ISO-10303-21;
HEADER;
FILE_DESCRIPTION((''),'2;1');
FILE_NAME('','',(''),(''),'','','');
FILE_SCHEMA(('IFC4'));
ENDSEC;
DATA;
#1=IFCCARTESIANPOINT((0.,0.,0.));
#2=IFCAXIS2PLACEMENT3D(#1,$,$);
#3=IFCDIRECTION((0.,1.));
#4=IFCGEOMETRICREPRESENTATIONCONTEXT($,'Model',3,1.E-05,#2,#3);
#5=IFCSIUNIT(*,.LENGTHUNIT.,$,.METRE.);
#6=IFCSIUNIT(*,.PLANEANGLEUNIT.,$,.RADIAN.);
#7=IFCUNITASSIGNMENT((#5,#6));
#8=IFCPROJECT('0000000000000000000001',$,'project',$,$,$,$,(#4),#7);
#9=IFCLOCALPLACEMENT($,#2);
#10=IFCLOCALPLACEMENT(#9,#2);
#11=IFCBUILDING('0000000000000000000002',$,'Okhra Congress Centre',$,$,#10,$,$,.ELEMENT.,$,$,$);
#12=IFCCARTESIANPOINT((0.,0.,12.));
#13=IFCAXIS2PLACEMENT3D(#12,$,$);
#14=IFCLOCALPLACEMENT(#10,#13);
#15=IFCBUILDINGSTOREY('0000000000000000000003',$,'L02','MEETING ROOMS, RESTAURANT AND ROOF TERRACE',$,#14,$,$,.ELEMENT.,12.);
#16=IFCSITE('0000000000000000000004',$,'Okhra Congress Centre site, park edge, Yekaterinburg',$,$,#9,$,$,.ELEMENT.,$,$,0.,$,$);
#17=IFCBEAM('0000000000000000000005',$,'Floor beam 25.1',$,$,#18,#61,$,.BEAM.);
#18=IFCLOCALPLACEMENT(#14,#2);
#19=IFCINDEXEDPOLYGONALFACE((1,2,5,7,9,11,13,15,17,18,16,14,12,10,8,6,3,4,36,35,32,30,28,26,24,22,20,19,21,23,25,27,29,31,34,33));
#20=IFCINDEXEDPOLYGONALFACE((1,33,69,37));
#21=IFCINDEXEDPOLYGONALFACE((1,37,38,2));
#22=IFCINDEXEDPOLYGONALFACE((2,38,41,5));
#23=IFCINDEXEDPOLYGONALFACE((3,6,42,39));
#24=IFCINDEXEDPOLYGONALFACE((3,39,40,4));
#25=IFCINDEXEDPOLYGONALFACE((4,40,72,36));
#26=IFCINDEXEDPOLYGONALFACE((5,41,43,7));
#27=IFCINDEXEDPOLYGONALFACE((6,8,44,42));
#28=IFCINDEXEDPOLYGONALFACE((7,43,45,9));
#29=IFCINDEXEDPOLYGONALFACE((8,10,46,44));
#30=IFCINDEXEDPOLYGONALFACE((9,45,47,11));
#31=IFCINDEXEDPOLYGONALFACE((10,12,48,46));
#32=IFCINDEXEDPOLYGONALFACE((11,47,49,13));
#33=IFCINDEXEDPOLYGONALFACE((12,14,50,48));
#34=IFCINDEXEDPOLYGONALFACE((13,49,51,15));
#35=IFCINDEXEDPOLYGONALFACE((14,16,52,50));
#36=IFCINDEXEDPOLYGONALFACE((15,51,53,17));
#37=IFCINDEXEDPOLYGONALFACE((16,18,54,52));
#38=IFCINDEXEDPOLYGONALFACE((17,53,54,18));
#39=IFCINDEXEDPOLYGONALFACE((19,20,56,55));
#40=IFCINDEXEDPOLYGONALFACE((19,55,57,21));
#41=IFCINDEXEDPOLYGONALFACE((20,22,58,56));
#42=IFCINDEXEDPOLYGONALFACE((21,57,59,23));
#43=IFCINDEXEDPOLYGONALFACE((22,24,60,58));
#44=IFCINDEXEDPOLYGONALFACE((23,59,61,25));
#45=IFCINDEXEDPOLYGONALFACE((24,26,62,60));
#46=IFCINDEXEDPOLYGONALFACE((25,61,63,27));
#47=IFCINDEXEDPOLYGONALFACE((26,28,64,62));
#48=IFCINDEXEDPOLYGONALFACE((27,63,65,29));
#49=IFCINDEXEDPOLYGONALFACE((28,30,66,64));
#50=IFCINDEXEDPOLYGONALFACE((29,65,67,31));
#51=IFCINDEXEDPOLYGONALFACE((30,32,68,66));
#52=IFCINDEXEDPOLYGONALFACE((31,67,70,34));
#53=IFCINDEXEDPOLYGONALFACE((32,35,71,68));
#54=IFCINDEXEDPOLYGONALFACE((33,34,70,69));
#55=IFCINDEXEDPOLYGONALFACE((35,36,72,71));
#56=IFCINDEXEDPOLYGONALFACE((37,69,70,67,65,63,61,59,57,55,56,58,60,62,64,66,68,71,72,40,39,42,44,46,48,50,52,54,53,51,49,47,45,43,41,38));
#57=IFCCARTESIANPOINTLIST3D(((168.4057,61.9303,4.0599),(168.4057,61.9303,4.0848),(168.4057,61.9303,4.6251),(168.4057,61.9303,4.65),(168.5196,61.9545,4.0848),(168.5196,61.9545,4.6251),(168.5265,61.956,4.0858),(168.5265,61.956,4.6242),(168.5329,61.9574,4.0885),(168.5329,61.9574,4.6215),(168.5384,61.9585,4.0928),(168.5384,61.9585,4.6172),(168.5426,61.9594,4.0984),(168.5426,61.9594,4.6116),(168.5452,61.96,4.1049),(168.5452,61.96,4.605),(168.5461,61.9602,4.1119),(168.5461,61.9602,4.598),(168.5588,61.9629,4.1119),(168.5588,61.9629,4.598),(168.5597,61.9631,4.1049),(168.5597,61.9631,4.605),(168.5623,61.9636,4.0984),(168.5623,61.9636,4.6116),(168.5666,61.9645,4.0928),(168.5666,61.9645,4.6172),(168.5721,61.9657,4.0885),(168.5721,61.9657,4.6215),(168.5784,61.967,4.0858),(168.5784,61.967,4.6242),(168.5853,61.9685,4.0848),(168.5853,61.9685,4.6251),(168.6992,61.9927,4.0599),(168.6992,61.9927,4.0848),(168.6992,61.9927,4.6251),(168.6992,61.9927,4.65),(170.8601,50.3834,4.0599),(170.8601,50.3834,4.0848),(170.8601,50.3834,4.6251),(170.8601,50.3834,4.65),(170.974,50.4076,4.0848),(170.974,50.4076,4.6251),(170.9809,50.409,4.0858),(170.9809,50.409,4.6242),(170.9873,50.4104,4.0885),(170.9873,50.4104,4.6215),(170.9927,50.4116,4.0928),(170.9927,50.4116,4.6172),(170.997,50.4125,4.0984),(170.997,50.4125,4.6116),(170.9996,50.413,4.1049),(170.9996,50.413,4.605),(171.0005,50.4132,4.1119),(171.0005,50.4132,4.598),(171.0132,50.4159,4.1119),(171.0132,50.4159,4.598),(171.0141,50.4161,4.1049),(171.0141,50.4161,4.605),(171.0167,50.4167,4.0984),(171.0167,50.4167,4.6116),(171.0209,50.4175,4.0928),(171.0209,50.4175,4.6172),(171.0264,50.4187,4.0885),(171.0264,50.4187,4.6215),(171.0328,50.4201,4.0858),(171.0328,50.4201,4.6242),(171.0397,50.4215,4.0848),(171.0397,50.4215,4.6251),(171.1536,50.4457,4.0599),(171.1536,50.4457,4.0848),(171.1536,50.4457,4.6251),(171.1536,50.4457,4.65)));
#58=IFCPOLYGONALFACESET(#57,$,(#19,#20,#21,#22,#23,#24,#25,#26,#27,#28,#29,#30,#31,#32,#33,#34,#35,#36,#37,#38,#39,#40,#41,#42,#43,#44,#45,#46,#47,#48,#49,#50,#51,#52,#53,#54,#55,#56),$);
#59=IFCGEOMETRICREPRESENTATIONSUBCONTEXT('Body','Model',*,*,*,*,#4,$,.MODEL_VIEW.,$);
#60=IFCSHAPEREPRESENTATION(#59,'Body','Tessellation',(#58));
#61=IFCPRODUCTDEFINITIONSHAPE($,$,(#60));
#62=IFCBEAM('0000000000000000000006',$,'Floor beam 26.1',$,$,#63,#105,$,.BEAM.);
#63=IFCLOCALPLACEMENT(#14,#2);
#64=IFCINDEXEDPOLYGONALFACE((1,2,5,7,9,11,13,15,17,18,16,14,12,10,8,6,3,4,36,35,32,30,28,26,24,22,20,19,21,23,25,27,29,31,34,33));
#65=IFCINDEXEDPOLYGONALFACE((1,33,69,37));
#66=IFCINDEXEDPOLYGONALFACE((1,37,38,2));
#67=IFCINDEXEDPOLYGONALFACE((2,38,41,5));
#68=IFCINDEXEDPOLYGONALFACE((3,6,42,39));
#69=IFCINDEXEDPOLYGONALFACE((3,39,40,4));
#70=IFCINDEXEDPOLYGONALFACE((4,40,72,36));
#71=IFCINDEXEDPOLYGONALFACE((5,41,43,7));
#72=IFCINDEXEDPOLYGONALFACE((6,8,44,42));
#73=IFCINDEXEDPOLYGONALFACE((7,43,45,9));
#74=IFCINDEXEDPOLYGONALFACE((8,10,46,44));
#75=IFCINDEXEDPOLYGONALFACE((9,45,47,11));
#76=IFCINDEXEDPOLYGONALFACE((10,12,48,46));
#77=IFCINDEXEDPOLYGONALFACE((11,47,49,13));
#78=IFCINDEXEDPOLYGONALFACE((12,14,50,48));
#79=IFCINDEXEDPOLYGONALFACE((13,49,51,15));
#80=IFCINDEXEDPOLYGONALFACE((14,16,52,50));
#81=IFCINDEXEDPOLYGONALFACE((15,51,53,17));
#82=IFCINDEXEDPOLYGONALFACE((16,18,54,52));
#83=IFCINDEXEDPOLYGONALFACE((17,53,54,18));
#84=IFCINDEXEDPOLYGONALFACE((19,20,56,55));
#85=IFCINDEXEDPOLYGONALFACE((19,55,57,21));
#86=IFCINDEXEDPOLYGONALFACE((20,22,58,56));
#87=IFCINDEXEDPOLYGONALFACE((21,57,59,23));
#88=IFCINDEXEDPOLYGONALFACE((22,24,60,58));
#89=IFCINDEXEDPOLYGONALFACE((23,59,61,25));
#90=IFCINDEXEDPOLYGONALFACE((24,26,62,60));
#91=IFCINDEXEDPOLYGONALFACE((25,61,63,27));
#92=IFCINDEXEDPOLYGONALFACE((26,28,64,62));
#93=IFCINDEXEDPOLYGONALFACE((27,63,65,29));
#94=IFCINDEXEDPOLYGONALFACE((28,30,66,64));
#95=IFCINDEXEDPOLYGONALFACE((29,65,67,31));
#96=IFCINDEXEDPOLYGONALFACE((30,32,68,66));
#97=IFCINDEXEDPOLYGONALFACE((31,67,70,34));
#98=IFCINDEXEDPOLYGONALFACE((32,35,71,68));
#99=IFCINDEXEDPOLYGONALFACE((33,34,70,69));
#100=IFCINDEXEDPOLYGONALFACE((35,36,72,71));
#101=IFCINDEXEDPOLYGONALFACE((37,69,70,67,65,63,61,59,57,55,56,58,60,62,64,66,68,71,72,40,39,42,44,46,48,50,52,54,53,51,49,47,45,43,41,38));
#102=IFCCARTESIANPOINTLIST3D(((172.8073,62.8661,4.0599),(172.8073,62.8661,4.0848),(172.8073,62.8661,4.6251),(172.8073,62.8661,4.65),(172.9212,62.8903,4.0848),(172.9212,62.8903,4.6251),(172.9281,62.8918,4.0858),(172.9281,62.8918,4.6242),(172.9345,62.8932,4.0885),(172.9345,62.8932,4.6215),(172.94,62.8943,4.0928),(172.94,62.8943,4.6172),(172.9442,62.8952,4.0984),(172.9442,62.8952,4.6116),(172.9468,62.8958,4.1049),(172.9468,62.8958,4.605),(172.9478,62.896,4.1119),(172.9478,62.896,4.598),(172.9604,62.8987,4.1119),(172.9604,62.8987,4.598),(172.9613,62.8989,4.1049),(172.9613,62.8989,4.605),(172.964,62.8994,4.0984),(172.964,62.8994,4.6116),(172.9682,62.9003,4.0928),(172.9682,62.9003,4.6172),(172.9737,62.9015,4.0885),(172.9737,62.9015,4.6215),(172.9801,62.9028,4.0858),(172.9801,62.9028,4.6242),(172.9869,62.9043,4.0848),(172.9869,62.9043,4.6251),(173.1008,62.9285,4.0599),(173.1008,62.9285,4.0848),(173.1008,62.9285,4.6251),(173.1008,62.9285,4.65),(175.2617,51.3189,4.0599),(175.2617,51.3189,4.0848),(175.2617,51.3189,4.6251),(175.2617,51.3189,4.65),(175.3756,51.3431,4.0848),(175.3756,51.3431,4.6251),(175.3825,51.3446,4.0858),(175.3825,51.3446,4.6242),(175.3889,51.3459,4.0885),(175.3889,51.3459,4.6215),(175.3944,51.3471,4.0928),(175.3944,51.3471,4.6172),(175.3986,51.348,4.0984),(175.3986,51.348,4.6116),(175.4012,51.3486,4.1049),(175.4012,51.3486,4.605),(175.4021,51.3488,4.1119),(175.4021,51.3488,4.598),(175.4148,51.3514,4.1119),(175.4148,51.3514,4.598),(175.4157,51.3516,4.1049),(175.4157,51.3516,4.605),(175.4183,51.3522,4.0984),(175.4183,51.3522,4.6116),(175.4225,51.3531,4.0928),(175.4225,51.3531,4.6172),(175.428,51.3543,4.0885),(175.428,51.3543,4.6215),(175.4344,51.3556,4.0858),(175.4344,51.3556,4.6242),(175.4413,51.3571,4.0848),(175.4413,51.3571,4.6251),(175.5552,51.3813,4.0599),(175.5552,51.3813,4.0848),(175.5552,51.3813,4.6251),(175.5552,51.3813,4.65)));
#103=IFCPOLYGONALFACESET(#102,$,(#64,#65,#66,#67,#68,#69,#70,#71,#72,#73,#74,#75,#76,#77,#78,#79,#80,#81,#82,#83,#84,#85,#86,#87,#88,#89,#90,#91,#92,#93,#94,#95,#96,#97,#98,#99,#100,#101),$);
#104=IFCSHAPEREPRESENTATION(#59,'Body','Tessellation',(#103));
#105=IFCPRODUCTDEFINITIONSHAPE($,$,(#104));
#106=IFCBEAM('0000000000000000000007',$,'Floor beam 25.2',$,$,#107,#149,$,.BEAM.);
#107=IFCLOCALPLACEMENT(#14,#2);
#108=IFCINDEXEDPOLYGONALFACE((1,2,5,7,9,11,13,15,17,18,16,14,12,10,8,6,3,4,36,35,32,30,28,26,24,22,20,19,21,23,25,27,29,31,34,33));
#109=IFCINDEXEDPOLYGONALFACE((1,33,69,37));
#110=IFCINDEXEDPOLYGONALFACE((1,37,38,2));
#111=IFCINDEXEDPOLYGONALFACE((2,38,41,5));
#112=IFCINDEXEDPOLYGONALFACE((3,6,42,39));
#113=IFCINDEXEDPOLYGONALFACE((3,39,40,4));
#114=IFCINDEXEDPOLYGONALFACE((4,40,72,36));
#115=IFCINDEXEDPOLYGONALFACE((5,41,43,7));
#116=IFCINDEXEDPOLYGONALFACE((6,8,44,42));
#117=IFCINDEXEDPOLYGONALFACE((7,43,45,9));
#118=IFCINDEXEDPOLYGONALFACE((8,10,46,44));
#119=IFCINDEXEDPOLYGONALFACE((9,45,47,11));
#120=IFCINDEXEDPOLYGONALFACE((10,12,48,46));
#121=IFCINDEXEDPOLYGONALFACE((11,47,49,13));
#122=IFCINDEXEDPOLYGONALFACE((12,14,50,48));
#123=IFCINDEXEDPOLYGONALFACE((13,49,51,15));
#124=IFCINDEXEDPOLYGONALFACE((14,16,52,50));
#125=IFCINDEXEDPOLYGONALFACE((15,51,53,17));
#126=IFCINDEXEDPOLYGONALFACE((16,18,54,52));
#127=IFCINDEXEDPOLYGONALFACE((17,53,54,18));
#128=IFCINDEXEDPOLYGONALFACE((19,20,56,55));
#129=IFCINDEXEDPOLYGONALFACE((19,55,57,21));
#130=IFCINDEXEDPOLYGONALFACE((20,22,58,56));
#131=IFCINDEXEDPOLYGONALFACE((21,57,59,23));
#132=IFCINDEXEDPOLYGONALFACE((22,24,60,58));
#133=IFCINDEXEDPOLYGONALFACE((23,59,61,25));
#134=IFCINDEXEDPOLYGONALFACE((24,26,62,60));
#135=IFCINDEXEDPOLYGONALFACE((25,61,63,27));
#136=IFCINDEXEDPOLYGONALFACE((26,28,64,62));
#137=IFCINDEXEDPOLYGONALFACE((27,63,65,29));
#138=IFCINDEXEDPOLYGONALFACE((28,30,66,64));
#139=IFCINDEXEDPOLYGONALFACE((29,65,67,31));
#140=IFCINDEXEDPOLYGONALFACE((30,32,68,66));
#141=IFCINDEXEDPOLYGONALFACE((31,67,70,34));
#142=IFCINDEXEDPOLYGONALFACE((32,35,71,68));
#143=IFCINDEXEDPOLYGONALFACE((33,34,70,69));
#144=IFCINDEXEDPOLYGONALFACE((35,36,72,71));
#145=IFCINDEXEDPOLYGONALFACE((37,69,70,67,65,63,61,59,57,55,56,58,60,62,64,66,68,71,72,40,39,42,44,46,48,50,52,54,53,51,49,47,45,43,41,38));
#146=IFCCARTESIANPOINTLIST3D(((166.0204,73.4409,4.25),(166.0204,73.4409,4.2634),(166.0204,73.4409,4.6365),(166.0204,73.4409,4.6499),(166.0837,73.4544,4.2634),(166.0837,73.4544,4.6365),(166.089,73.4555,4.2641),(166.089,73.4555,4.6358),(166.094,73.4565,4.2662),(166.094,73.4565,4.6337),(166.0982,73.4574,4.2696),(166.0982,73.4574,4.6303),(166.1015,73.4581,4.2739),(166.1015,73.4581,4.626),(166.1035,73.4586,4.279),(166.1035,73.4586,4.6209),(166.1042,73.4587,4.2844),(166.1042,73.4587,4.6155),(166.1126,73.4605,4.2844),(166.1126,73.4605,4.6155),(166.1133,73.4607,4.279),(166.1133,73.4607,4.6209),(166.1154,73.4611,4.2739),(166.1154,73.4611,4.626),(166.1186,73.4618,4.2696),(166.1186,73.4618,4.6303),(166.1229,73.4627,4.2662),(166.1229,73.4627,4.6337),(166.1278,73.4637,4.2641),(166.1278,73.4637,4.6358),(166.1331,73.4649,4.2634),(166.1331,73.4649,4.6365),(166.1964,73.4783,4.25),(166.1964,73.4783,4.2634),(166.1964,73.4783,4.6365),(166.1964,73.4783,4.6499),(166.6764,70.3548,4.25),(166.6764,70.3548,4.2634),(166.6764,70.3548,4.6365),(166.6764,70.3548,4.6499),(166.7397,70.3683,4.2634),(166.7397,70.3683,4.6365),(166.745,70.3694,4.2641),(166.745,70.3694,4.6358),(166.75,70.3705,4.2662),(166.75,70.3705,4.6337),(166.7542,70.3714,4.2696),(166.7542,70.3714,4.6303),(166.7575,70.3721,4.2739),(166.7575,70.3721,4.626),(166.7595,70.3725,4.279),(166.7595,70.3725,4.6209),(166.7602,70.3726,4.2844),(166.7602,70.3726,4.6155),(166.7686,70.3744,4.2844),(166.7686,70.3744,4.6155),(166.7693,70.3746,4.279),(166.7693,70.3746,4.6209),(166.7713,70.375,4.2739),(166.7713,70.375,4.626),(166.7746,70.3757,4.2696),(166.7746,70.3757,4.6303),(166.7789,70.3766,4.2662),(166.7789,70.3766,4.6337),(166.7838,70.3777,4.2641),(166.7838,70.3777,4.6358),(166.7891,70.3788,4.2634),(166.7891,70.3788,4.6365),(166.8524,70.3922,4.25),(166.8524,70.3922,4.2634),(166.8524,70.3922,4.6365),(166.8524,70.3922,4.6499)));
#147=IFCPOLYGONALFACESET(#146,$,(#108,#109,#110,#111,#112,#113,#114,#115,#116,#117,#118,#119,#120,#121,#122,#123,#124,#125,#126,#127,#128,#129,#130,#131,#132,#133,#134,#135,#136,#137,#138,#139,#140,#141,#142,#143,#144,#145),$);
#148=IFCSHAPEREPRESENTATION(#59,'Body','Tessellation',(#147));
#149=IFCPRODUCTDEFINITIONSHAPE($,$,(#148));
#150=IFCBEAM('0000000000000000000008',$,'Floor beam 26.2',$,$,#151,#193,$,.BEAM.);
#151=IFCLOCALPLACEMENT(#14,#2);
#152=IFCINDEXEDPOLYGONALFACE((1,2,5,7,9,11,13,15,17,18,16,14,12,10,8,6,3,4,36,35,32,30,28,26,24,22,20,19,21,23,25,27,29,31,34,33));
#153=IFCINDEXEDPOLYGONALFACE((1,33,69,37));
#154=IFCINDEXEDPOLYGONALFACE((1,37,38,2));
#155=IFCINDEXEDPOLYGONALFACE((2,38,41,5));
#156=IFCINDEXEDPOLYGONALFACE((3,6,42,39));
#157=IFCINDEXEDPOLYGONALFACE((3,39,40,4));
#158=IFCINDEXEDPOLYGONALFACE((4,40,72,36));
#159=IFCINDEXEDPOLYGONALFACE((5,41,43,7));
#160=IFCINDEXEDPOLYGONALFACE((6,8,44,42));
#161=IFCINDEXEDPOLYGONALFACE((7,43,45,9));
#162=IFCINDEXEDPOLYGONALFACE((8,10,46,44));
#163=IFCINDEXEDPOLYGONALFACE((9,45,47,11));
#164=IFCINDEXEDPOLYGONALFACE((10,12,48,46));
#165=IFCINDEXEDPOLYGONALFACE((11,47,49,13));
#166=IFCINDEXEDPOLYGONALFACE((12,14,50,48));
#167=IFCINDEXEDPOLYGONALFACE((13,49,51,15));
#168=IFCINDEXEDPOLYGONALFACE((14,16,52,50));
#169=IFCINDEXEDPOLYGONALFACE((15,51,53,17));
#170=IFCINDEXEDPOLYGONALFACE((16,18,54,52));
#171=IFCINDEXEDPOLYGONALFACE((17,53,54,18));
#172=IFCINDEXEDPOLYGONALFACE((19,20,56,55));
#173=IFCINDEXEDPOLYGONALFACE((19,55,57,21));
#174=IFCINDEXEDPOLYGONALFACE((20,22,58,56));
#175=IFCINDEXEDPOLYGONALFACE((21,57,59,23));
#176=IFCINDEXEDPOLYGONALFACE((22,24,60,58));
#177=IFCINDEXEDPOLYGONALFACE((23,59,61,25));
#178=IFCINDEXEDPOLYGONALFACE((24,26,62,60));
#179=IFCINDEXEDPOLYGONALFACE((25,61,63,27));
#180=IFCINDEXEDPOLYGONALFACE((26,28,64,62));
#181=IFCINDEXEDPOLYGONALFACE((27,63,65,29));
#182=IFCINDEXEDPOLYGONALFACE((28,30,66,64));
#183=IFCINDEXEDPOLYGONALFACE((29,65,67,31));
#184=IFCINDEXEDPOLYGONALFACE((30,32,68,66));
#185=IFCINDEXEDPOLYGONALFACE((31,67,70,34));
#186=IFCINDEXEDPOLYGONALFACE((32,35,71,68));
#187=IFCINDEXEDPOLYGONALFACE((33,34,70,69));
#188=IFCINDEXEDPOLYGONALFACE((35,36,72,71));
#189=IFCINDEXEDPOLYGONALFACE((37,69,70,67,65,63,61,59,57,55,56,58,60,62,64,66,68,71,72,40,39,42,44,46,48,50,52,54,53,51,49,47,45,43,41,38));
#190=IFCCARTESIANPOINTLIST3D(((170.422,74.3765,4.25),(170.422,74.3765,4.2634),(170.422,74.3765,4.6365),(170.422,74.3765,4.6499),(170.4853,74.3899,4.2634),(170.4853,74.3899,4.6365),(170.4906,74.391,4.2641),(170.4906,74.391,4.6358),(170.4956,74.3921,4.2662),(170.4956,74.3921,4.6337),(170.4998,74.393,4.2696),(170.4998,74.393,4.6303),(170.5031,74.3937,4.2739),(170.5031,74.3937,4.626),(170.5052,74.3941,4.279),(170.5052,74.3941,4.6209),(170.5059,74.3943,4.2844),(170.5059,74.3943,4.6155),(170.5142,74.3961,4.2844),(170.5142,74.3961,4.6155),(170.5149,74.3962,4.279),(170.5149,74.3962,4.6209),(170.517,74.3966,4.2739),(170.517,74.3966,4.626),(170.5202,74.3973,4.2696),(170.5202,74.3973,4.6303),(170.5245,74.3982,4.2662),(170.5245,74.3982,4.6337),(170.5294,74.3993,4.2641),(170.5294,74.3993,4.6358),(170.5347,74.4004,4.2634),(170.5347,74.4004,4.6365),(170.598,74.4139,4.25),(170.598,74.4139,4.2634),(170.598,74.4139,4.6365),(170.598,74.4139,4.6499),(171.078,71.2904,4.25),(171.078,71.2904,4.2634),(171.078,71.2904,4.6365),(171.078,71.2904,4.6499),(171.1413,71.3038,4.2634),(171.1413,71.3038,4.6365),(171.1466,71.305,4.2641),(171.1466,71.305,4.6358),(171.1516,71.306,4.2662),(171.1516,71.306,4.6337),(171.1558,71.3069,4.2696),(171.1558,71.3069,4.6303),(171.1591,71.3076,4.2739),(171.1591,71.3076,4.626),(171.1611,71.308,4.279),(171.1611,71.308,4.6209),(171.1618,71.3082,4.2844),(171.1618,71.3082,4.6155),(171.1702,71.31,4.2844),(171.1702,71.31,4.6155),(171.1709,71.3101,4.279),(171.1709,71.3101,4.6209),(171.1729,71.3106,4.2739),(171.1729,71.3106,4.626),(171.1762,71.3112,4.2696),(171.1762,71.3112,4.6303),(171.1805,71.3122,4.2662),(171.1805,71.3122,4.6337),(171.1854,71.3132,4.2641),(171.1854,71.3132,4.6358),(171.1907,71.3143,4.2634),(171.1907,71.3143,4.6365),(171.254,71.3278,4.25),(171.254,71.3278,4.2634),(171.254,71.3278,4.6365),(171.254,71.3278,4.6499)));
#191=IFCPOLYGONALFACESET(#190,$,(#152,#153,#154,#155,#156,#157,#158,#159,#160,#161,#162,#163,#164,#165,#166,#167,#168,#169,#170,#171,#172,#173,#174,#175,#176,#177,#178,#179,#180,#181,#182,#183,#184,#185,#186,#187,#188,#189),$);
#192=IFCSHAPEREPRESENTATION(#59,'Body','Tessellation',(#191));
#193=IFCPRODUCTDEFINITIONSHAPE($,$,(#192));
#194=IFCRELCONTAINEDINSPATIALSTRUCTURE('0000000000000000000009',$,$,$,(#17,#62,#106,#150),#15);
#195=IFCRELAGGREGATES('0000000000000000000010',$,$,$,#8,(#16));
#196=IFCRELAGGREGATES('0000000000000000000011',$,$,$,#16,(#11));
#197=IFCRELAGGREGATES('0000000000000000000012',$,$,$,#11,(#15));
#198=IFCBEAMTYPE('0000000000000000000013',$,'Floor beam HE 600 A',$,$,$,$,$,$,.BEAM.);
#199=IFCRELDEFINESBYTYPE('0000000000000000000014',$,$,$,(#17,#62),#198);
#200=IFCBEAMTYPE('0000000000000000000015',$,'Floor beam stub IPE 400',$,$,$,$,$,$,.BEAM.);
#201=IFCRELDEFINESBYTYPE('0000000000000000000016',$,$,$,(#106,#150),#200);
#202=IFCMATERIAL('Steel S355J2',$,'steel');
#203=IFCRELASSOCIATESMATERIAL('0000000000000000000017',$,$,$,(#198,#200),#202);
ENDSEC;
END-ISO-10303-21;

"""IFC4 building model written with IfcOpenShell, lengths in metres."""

from ifc_helpers import new_model, si_unit, direction, frame, origin, origin_2d, place, context, subcontext, project, spatial, i_section, extrude, material, material_profile, profile_set, type_object, element, save


model = new_model("IFC4")

# Units and contexts
model_context = context("Model", 3, precision=1e-05, world=origin(), true_north=direction((0.0, 1.0)))
body_context = subcontext(model_context, "Body", "Model", "MODEL_VIEW")
ifc_project = project(units=[si_unit("LENGTHUNIT", "METRE"), si_unit("PLANEANGLEUNIT", "RADIAN")], contexts=[model_context])

# Site, building, storey
site_placement = place(None, origin())
site = spatial("IfcSite", under=ifc_project, at=site_placement, Name="Okhra Congress Centre site, park edge, Yekaterinburg", CompositionType="ELEMENT", RefElevation=0.0)
building_placement = place(site_placement, origin())
building = spatial("IfcBuilding", under=site, at=building_placement, Name="Okhra Congress Centre", CompositionType="ELEMENT")
storey_placement = place(building_placement, frame((0.0, 0.0, 12.0)))
storey = spatial("IfcBuildingStorey", under=building, at=storey_placement, Name="L02", Description="MEETING ROOMS, RESTAURANT AND ROOF TERRACE", CompositionType="ELEMENT", Elevation=12.0)

# Shared definitions
ifc_material_1 = material(Name="Steel S355J2", Category="steel")

# Beams
ifc_material_profile_1 = material_profile(ifc_material_1, i_section(OverallWidth=0.3, OverallDepth=0.5901, WebThickness=0.0129, FlangeThickness=0.0249, FilletRadius=0.0271, at=origin_2d()), Name="HE 600 A")
ifc_profile_set_1 = profile_set([ifc_material_profile_1], Name="Steel S355J2")
beam_type_1 = type_object("IfcBeamType", Name="Floor beam HE 600 A", PredefinedType="BEAM", material=ifc_profile_set_1)
beam_1_placement = place(storey_placement, frame((171.0068, 50.4146, 4.355), z_axis=(-0.20791, 0.978148, 0.0), x_axis=(-0.978148, -0.20791, 0.0)))
element("IfcBeam", 1, at=beam_1_placement, inside=storey, type_object=beam_type_1, Name="Floor beam 25.1", PredefinedType="BEAM", context=body_context, shape_type="SweptSolid", body=[
    extrude(i_section(OverallWidth=0.3, OverallDepth=0.5901, WebThickness=0.0129, FlangeThickness=0.0249, FilletRadius=0.0271, at=origin_2d()), origin(), (0.0, 0.0, 1.0), 11.8049),
])
beam_2_placement = place(storey_placement, frame((175.4084, 51.3501, 4.355), z_axis=(-0.207906, 0.978149, 0.0), x_axis=(-0.978149, -0.207906, 0.0)))
element("IfcBeam", 2, at=beam_2_placement, inside=storey, type_object=beam_type_1, Name="Floor beam 26.1", PredefinedType="BEAM", context=body_context, shape_type="SweptSolid", body=[
    extrude(i_section(OverallWidth=0.3, OverallDepth=0.5901, WebThickness=0.0129, FlangeThickness=0.0249, FilletRadius=0.0271, at=origin_2d()), origin(), (0.0, 0.0, 1.0), 11.8052),
])
ifc_material_profile_2 = material_profile(ifc_material_1, i_section(OverallWidth=0.1799, OverallDepth=0.3999, WebThickness=0.0085, FlangeThickness=0.0134, FilletRadius=0.021, at=origin_2d()), Name="IPE 400")
ifc_profile_set_2 = profile_set([ifc_material_profile_2], Name="Steel S355J2")
beam_type_2 = type_object("IfcBeamType", Name="Floor beam stub IPE 400", PredefinedType="BEAM", material=ifc_profile_set_2)
for number, where, z_axis, x_axis, name in (
    (3, (166.7644, 70.3735, 4.45), (-0.207917, 0.978146, 0.0), (-0.978146, -0.207917, 0.0), "Floor beam 25.2"),
    (4, (171.166, 71.3091, 4.45), (-0.207917, 0.978146, 0.0), (-0.978146, -0.207917, 0.0), "Floor beam 26.2"),
):
    element("IfcBeam", number, at=place(storey_placement, frame(where, z_axis=z_axis, x_axis=x_axis)), inside=storey, type_object=beam_type_2, Name=name, PredefinedType="BEAM", context=body_context, shape_type="SweptSolid", body=[
        extrude(i_section(OverallWidth=0.1799, OverallDepth=0.3999, WebThickness=0.0085, FlangeThickness=0.0134, FilletRadius=0.021, at=origin_2d()), origin(), (0.0, 0.0, 1.0), 3.155),
    ])

save(model, "model.ifc")
